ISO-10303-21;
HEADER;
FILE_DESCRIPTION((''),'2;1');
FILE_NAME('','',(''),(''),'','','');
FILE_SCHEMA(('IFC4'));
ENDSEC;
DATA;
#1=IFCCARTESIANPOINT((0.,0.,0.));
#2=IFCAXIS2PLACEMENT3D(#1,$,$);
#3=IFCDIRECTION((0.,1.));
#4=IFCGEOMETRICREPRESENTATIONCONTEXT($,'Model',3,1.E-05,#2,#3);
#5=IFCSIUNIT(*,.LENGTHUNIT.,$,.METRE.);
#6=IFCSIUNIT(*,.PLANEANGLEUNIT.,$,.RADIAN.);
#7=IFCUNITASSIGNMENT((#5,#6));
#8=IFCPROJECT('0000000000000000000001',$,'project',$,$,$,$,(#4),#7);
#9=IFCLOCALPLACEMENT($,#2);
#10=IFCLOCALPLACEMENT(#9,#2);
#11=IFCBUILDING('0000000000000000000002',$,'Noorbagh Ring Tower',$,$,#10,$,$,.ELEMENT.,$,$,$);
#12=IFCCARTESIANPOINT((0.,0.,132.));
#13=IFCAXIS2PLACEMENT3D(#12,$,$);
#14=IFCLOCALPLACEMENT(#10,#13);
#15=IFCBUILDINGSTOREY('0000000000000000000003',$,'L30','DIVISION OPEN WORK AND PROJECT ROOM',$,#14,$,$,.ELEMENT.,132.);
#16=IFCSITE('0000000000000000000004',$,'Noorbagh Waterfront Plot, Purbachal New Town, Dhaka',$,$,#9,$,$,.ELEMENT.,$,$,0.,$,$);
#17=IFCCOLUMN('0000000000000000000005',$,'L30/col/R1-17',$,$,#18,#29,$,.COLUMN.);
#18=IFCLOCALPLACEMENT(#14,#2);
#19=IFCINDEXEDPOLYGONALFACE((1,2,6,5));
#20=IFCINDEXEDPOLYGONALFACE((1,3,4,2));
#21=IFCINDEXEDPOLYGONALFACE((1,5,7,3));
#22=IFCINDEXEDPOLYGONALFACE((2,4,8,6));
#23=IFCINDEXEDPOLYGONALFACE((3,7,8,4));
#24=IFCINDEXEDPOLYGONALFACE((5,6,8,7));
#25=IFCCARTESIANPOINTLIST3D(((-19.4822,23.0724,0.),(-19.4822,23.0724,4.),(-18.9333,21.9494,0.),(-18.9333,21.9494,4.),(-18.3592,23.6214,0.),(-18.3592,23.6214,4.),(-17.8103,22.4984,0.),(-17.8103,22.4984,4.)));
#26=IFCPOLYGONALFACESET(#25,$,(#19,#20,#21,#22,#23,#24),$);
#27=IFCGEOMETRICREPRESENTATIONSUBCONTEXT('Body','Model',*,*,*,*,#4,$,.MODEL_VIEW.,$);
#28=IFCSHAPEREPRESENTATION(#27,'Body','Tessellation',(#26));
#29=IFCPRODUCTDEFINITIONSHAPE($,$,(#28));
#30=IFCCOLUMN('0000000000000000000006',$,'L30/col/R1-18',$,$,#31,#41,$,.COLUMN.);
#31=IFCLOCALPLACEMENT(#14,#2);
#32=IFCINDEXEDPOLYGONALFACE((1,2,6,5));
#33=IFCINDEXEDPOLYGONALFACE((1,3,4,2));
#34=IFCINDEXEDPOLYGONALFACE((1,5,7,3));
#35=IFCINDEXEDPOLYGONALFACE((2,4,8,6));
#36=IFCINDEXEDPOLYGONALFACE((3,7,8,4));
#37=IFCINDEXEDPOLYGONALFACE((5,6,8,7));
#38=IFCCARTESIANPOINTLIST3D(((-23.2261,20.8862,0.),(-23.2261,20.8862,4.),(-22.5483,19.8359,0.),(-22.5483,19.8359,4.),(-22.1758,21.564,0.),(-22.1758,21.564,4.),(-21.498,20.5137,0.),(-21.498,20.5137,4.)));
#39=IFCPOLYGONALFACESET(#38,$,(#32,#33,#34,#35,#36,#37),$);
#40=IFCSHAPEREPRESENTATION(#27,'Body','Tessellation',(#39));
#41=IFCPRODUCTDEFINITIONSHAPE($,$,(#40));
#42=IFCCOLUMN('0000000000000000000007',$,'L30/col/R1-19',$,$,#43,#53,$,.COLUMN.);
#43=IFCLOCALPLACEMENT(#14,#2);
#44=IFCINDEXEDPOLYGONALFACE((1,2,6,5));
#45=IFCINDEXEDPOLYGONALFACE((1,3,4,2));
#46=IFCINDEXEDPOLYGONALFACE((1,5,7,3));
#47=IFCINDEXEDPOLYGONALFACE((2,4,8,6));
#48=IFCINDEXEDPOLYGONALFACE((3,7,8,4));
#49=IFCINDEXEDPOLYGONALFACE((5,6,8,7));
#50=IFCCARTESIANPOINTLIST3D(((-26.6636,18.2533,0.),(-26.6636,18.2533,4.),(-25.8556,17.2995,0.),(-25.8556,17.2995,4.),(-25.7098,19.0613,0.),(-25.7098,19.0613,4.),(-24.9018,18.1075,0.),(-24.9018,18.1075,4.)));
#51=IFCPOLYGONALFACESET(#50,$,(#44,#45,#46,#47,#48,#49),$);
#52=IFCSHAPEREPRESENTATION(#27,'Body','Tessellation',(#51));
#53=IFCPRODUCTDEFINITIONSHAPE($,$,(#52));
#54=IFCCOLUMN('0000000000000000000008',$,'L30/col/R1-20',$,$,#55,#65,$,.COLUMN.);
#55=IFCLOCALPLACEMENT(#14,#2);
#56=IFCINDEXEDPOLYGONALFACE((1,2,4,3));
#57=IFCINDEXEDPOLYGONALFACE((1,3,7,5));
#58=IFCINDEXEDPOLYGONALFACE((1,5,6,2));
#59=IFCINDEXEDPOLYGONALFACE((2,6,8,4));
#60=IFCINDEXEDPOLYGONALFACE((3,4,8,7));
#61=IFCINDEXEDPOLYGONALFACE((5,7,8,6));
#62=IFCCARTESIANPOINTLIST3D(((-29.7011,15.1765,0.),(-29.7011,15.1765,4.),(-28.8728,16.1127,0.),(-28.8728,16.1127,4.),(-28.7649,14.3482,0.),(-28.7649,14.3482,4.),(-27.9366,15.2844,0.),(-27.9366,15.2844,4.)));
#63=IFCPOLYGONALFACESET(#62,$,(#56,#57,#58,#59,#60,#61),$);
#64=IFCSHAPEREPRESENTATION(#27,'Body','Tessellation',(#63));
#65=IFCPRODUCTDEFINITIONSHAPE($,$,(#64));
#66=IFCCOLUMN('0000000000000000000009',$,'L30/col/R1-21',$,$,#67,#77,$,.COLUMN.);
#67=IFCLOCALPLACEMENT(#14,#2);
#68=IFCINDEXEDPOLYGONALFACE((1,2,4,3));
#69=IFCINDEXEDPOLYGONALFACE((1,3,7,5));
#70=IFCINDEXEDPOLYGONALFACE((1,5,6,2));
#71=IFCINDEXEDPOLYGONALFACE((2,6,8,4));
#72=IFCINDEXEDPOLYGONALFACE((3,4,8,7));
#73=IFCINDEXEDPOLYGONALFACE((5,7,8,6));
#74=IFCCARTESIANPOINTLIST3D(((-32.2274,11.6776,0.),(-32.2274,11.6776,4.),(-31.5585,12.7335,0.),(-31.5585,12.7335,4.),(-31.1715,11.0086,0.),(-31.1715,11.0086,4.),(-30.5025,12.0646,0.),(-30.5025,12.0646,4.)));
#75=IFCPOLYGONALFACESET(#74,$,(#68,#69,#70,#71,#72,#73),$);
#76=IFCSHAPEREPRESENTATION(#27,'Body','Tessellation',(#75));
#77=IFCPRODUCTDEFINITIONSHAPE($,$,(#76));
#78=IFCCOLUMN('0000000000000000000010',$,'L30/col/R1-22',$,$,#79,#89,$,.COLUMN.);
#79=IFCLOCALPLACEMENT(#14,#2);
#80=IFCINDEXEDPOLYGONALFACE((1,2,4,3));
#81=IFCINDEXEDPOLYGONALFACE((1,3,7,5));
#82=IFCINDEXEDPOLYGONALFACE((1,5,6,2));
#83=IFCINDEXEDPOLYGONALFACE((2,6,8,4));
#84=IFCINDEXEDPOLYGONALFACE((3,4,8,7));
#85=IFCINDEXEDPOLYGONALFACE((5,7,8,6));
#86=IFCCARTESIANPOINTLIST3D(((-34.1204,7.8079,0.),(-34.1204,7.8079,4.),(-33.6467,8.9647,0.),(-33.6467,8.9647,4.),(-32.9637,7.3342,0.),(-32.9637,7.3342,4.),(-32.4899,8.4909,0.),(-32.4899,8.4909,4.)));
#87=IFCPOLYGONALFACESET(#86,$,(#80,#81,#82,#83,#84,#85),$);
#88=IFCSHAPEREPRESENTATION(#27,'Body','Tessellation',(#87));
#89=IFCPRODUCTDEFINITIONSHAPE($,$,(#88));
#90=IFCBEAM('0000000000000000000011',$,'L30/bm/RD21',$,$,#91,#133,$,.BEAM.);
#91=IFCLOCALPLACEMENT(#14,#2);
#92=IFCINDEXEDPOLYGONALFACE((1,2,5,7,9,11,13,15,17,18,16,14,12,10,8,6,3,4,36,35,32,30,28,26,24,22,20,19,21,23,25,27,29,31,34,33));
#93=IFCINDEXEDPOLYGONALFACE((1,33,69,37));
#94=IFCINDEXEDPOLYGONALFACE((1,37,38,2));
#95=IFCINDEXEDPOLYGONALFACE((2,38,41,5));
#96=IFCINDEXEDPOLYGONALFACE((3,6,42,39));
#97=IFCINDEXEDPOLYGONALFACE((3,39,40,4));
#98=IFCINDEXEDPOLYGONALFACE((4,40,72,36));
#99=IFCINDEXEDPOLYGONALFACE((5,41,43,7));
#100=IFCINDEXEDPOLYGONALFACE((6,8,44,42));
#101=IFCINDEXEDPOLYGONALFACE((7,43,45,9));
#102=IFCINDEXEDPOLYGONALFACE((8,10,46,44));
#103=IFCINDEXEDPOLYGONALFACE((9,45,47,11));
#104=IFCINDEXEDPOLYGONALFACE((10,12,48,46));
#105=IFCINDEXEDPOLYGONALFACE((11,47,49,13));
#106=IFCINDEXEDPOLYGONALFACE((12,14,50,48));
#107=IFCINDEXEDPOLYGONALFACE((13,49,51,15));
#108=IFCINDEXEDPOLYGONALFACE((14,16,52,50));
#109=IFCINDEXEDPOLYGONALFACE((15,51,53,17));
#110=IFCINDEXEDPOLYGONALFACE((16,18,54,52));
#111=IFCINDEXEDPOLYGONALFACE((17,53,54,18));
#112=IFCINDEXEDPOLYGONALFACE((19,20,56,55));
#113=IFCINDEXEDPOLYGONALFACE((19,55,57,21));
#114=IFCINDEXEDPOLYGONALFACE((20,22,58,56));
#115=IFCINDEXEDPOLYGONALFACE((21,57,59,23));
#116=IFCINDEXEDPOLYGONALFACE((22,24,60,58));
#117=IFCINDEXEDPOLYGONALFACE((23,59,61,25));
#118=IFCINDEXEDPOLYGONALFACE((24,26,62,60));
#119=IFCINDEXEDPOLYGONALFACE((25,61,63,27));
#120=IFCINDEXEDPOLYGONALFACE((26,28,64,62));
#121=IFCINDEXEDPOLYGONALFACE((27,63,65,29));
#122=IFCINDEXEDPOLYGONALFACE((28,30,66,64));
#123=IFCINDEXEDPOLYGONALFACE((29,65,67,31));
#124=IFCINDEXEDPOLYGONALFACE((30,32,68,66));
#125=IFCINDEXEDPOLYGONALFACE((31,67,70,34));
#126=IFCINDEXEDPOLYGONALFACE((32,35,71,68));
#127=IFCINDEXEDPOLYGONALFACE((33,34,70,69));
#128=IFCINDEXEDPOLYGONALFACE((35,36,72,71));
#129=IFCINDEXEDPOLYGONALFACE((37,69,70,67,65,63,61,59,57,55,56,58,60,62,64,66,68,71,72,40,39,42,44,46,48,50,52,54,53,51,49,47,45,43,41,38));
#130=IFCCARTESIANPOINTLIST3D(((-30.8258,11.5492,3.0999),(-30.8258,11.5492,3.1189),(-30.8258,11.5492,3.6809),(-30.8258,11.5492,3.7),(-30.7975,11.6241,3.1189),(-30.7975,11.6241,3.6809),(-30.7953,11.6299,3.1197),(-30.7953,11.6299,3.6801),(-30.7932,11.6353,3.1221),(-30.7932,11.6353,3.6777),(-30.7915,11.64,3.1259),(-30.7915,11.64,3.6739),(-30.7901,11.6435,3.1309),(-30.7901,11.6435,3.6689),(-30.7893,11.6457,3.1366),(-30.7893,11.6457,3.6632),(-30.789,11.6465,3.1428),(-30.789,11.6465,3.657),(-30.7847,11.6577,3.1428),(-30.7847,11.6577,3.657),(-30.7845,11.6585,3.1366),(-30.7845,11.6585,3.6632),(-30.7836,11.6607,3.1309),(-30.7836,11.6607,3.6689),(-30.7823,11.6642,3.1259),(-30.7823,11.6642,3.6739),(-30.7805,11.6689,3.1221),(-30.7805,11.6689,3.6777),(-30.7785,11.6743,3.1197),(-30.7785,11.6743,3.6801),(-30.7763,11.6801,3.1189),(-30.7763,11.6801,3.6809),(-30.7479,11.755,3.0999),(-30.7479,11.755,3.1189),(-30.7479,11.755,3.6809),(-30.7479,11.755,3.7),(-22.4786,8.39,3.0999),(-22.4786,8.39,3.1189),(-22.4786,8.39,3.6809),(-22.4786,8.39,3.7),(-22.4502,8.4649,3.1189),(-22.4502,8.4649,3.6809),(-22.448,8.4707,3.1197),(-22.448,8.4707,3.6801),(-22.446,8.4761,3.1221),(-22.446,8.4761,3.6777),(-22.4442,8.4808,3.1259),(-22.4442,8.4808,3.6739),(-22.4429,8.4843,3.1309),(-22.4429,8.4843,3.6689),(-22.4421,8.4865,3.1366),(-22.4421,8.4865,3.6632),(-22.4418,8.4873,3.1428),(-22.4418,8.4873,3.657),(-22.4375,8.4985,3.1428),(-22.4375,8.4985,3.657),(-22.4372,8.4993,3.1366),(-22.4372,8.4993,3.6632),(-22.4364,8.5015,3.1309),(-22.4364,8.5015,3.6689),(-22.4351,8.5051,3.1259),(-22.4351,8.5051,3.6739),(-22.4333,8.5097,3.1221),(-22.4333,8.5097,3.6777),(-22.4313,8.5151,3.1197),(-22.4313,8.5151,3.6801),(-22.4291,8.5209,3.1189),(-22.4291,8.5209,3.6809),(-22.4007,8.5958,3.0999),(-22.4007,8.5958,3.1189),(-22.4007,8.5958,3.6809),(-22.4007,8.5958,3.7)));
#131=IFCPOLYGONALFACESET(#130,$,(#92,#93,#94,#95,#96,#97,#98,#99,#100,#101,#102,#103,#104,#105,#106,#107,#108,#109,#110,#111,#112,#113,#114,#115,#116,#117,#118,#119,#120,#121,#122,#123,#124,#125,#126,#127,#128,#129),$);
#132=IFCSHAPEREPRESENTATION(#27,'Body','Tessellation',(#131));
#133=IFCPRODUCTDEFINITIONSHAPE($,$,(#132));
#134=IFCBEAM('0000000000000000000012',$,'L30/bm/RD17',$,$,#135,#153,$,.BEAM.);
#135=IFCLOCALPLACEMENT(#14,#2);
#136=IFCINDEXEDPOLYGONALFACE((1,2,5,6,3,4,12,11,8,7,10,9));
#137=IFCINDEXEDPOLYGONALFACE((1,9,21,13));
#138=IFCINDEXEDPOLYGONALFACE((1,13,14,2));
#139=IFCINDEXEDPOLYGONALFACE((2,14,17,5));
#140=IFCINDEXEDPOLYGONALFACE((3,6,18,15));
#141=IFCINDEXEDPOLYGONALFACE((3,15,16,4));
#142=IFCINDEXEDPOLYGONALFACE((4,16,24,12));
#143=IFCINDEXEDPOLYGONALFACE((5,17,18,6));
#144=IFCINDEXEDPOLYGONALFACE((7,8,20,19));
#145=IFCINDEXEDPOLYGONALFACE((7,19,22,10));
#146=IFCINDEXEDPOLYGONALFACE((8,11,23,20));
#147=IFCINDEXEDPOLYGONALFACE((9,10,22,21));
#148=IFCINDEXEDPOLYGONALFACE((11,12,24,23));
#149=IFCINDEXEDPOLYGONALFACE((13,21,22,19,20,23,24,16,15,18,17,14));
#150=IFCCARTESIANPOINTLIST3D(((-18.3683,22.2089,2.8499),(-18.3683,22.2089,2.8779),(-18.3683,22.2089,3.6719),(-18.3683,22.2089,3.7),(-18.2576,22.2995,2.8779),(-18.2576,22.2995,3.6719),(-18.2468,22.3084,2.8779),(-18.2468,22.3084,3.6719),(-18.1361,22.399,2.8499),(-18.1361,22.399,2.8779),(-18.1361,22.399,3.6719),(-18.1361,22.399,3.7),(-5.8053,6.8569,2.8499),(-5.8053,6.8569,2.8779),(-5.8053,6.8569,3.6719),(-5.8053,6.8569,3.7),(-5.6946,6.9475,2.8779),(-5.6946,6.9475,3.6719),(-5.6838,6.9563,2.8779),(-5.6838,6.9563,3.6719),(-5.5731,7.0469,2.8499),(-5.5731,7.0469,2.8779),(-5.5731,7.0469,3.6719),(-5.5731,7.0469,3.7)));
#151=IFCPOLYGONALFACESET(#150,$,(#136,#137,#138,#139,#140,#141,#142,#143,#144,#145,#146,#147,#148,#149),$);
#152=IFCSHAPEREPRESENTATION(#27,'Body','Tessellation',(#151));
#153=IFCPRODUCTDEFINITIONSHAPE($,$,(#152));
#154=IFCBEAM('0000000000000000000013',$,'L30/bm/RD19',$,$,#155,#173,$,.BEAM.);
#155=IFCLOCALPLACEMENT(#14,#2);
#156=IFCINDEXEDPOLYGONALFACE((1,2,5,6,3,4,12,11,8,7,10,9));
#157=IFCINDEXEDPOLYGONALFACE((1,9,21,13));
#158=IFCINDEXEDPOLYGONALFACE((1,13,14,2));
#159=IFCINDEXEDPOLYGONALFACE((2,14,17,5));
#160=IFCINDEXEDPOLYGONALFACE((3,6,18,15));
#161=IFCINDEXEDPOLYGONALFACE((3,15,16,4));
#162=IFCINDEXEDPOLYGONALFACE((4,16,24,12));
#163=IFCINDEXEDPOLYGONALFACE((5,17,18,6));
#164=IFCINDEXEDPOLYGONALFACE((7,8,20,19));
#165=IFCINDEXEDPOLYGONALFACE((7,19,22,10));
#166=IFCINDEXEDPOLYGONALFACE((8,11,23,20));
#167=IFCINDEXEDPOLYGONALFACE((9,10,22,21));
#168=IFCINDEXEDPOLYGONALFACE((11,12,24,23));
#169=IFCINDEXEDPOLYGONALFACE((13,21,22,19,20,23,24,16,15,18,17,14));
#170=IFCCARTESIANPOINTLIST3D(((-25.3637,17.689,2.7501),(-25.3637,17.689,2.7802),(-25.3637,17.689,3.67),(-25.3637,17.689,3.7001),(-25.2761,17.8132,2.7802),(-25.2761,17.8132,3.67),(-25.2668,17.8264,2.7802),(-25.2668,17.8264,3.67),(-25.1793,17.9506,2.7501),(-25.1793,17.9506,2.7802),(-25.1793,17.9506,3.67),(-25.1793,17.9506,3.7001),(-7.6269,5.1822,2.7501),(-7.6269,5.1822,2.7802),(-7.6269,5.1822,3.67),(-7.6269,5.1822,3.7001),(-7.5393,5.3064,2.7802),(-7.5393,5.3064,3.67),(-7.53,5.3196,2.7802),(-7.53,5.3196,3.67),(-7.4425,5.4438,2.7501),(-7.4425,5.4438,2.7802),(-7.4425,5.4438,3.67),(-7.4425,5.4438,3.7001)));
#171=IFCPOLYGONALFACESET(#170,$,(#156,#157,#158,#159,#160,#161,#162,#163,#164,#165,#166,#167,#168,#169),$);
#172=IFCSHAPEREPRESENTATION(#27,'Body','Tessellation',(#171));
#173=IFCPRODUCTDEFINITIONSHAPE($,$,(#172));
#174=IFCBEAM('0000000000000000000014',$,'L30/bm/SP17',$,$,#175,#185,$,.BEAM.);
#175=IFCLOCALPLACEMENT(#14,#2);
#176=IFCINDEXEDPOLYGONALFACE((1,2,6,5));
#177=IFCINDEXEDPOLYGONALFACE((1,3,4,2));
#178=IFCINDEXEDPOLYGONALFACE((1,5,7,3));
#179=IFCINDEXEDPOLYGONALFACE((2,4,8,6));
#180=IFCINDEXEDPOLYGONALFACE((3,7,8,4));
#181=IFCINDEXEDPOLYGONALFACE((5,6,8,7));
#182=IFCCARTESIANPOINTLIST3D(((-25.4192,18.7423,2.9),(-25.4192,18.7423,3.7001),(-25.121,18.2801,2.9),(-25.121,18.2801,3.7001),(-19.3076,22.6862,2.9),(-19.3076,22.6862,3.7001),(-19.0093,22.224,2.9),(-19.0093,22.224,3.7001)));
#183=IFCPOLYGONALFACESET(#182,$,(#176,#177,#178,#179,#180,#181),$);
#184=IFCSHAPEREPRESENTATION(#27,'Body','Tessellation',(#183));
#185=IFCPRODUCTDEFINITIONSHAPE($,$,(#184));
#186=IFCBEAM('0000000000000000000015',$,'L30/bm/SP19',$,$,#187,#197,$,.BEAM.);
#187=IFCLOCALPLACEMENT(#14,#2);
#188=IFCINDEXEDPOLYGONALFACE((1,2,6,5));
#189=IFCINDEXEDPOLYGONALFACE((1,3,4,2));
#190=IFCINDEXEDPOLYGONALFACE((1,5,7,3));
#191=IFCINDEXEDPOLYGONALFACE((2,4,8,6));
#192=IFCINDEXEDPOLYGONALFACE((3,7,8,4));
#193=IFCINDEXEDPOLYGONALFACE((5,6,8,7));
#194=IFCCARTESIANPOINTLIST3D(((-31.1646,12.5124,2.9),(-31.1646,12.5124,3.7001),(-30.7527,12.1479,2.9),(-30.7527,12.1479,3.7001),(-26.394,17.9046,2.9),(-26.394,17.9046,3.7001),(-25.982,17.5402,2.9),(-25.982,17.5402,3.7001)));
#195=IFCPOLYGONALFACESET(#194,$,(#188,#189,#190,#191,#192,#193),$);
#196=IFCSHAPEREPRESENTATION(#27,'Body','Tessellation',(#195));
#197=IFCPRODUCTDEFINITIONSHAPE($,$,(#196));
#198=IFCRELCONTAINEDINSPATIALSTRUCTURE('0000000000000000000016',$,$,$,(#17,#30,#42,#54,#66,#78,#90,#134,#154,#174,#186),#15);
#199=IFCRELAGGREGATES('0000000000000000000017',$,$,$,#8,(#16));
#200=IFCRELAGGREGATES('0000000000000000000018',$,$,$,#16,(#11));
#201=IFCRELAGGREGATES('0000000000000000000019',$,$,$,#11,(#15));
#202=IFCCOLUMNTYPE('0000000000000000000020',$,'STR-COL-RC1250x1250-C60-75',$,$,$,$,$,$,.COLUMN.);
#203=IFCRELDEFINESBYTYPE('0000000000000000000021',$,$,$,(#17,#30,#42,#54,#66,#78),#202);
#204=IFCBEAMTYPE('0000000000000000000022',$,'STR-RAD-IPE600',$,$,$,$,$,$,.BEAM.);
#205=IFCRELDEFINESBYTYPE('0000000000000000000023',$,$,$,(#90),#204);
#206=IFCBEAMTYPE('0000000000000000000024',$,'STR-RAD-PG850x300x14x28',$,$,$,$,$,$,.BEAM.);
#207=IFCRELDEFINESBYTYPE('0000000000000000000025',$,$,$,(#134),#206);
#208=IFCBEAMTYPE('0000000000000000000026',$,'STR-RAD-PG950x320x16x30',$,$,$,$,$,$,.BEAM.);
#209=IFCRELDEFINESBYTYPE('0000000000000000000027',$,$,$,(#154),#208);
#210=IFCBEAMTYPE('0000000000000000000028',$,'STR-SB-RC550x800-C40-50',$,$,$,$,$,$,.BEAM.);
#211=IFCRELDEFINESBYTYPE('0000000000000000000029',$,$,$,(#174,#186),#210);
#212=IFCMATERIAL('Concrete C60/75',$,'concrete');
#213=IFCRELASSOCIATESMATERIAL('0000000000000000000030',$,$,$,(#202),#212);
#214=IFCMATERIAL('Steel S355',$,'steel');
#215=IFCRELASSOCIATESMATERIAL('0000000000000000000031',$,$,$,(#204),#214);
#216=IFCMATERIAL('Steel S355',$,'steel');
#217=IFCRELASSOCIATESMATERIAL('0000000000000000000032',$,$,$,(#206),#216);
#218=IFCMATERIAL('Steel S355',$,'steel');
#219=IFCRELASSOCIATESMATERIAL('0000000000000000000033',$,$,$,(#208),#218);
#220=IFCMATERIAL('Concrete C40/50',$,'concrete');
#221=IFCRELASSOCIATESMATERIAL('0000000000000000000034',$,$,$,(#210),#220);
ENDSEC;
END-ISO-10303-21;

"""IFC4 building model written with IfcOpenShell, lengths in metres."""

from ifc_helpers import new_model, si_unit, direction, frame, origin, origin_2d, place, context, subcontext, project, spatial, rectangle, i_section, extrude, material, material_profile, profile_set, type_object, element, save


model = new_model("IFC4")

# Units and contexts
model_context = context("Model", 3, precision=1e-05, world=origin(), true_north=direction((0.0, 1.0)))
body_context = subcontext(model_context, "Body", "Model", "MODEL_VIEW")
ifc_project = project(units=[si_unit("LENGTHUNIT", "METRE"), si_unit("PLANEANGLEUNIT", "RADIAN")], contexts=[model_context])

# Site, building, storey
site_placement = place(None, origin())
site = spatial("IfcSite", under=ifc_project, at=site_placement, Name="Noorbagh Waterfront Plot, Purbachal New Town, Dhaka", CompositionType="ELEMENT", RefElevation=0.0)
building_placement = place(site_placement, origin())
building = spatial("IfcBuilding", under=site, at=building_placement, Name="Noorbagh Ring Tower", CompositionType="ELEMENT")
storey_placement = place(building_placement, frame((0.0, 0.0, 132.0)))
storey = spatial("IfcBuildingStorey", under=building, at=storey_placement, Name="L30", Description="DIVISION OPEN WORK AND PROJECT ROOM", CompositionType="ELEMENT", Elevation=132.0)

# Columns
ifc_material_1 = material(Name="Concrete C60/75", Category="concrete")
ifc_material_profile_1 = material_profile(ifc_material_1, rectangle(XDim=1.25, YDim=1.25, at=origin_2d()), Name="RC1250x1250")
ifc_profile_set_1 = profile_set([ifc_material_profile_1], Name="Concrete C60/75")
column_type = type_object("IfcColumnType", Name="STR-COL-RC1250x1250-C60-75", PredefinedType="COLUMN", material=ifc_profile_set_1)
for number, where, z_axis, x_axis, name in (
    (1, (-18.6462, 22.7854, 0.0), (0.0, 0.0, 1.0), (-0.898399, -0.43918, 0.0), "L30/col/R1-17"),
    (2, (-22.3621, 20.7, 0.0), (0.0, 0.0, 1.0), (-0.840248, -0.542203, 0.0), "L30/col/R1-18"),
    (3, (-25.7827, 18.1804, 0.0), (0.0, 0.0, 1.0), (-0.763035, -0.646357, 0.0), "L30/col/R1-19"),
    (4, (-28.8188, 15.2305, 0.0), (0.0, 0.0, 1.0), (-0.662636, -0.748942, 0.0), "L30/col/R1-20"),
    (5, (-31.365, 11.8711, 0.0), (0.0, 0.0, 1.0), (-0.53519, -0.844731, 0.0), "L30/col/R1-21"),
    (6, (-33.3052, 8.1494, 0.0), (0.0, 0.0, 1.0), (-0.378989, -0.925401, 0.0), "L30/col/R1-22"),
):
    element("IfcColumn", number, at=place(storey_placement, frame(where, z_axis=z_axis, x_axis=x_axis)), inside=storey, type_object=column_type, Name=name, PredefinedType="COLUMN", context=body_context, shape_type="SweptSolid", body=[
        extrude(rectangle(XDim=1.25, YDim=1.25, at=origin_2d()), origin(), (0.0, 0.0, 1.0), 4.0),
    ])

# Beams
ifc_material_2 = material(Name="Steel S355", Category="steel")
ifc_material_profile_2 = material_profile(ifc_material_2, i_section(OverallWidth=0.22, OverallDepth=0.6001, WebThickness=0.012, FlangeThickness=0.019, FilletRadius=0.0239, at=origin_2d()), Name="IPE600")
ifc_profile_set_2 = profile_set([ifc_material_profile_2], Name="Steel S355")
beam_type_1 = type_object("IfcBeamType", Name="STR-RAD-IPE600", PredefinedType="BEAM", material=ifc_profile_set_2)
beam_1_placement = place(storey_placement, frame((-30.7869, 11.6521, 3.3999), z_axis=(0.935257, -0.35397, 0.0), x_axis=(0.35397, 0.935257, 0.0)))
element("IfcBeam", 7, at=beam_1_placement, inside=storey, type_object=beam_type_1, Name="L30/bm/RD21", PredefinedType="BEAM", context=body_context, shape_type="SweptSolid", body=[
    extrude(i_section(OverallWidth=0.22, OverallDepth=0.6001, WebThickness=0.012, FlangeThickness=0.019, FilletRadius=0.0239, at=origin_2d()), origin(), (0.0, 0.0, 1.0), 8.925),
])
ifc_material_3 = material(Name="Steel S355", Category="steel")
ifc_material_profile_3 = material_profile(ifc_material_3, i_section(OverallWidth=0.3, OverallDepth=0.8501, WebThickness=0.0139, FlangeThickness=0.0281, at=origin_2d()), Name="PG850x300x14x28")
ifc_profile_set_3 = profile_set([ifc_material_profile_3], Name="Steel S355")
beam_type_2 = type_object("IfcBeamType", Name="STR-RAD-PG850x300x14x28", PredefinedType="BEAM", material=ifc_profile_set_3)
beam_2_placement = place(storey_placement, frame((-18.2522, 22.304, 3.2749), z_axis=(0.633305, -0.773902, 0.0), x_axis=(0.773902, 0.633305, 0.0)))
element("IfcBeam", 8, at=beam_2_placement, inside=storey, type_object=beam_type_2, Name="L30/bm/RD17", PredefinedType="BEAM", context=body_context, shape_type="SweptSolid", body=[
    extrude(i_section(OverallWidth=0.3, OverallDepth=0.8501, WebThickness=0.0139, FlangeThickness=0.0281, at=origin_2d()), origin(), (0.0, 0.0, 1.0), 19.8372),
])
ifc_material_4 = material(Name="Steel S355", Category="steel")
ifc_material_profile_4 = material_profile(ifc_material_4, i_section(OverallWidth=0.3201, OverallDepth=0.95, WebThickness=0.0161, FlangeThickness=0.03, at=origin_2d()), Name="PG950x320x16x30")
ifc_profile_set_4 = profile_set([ifc_material_profile_4], Name="Steel S355")
beam_type_3 = type_object("IfcBeamType", Name="STR-RAD-PG950x320x16x30", PredefinedType="BEAM", material=ifc_profile_set_4)
beam_3_placement = place(storey_placement, frame((-25.2715, 17.8198, 3.2251), z_axis=(0.817256, -0.576275, 0.0), x_axis=(0.576275, 0.817256, 0.0)))
element("IfcBeam", 9, at=beam_3_placement, inside=storey, type_object=beam_type_3, Name="L30/bm/RD19", PredefinedType="BEAM", context=body_context, shape_type="SweptSolid", body=[
    extrude(i_section(OverallWidth=0.3201, OverallDepth=0.95, WebThickness=0.0161, FlangeThickness=0.03, at=origin_2d()), origin(), (0.0, 0.0, 1.0), 21.7029),
])
ifc_material_5 = material(Name="Concrete C40/50", Category="concrete")
ifc_material_profile_5 = material_profile(ifc_material_5, rectangle(XDim=0.55, YDim=0.8, at=origin_2d()), Name="RC550x800")
ifc_profile_set_5 = profile_set([ifc_material_profile_5], Name="Concrete C40/50")
beam_type_4 = type_object("IfcBeamType", Name="STR-SB-RC550x800-C40-50", PredefinedType="BEAM", material=ifc_profile_set_5)
beam_4_placement = place(storey_placement, frame((-19.1584, 22.4551, 3.3), z_axis=(-0.84024, -0.542214, 0.0), x_axis=(0.542214, -0.84024, 0.0)))
element("IfcBeam", 10, at=beam_4_placement, inside=storey, type_object=beam_type_4, Name="L30/bm/SP17", PredefinedType="BEAM", context=body_context, shape_type="SweptSolid", body=[
    extrude(rectangle(XDim=0.55, YDim=0.8, at=origin_2d()), origin(), (0.0, 0.0, 1.0), 7.2737),
])
beam_5_placement = place(storey_placement, frame((-26.188, 17.7224, 3.3), z_axis=(-0.662621, -0.748954, 0.0), x_axis=(0.748954, -0.662621, 0.0)))
element("IfcBeam", 11, at=beam_5_placement, inside=storey, type_object=beam_type_4, Name="L30/bm/SP19", PredefinedType="BEAM", context=body_context, shape_type="SweptSolid", body=[
    extrude(rectangle(XDim=0.55, YDim=0.8, at=origin_2d()), origin(), (0.0, 0.0, 1.0), 7.1997),
])

save(model, "model.ifc")
